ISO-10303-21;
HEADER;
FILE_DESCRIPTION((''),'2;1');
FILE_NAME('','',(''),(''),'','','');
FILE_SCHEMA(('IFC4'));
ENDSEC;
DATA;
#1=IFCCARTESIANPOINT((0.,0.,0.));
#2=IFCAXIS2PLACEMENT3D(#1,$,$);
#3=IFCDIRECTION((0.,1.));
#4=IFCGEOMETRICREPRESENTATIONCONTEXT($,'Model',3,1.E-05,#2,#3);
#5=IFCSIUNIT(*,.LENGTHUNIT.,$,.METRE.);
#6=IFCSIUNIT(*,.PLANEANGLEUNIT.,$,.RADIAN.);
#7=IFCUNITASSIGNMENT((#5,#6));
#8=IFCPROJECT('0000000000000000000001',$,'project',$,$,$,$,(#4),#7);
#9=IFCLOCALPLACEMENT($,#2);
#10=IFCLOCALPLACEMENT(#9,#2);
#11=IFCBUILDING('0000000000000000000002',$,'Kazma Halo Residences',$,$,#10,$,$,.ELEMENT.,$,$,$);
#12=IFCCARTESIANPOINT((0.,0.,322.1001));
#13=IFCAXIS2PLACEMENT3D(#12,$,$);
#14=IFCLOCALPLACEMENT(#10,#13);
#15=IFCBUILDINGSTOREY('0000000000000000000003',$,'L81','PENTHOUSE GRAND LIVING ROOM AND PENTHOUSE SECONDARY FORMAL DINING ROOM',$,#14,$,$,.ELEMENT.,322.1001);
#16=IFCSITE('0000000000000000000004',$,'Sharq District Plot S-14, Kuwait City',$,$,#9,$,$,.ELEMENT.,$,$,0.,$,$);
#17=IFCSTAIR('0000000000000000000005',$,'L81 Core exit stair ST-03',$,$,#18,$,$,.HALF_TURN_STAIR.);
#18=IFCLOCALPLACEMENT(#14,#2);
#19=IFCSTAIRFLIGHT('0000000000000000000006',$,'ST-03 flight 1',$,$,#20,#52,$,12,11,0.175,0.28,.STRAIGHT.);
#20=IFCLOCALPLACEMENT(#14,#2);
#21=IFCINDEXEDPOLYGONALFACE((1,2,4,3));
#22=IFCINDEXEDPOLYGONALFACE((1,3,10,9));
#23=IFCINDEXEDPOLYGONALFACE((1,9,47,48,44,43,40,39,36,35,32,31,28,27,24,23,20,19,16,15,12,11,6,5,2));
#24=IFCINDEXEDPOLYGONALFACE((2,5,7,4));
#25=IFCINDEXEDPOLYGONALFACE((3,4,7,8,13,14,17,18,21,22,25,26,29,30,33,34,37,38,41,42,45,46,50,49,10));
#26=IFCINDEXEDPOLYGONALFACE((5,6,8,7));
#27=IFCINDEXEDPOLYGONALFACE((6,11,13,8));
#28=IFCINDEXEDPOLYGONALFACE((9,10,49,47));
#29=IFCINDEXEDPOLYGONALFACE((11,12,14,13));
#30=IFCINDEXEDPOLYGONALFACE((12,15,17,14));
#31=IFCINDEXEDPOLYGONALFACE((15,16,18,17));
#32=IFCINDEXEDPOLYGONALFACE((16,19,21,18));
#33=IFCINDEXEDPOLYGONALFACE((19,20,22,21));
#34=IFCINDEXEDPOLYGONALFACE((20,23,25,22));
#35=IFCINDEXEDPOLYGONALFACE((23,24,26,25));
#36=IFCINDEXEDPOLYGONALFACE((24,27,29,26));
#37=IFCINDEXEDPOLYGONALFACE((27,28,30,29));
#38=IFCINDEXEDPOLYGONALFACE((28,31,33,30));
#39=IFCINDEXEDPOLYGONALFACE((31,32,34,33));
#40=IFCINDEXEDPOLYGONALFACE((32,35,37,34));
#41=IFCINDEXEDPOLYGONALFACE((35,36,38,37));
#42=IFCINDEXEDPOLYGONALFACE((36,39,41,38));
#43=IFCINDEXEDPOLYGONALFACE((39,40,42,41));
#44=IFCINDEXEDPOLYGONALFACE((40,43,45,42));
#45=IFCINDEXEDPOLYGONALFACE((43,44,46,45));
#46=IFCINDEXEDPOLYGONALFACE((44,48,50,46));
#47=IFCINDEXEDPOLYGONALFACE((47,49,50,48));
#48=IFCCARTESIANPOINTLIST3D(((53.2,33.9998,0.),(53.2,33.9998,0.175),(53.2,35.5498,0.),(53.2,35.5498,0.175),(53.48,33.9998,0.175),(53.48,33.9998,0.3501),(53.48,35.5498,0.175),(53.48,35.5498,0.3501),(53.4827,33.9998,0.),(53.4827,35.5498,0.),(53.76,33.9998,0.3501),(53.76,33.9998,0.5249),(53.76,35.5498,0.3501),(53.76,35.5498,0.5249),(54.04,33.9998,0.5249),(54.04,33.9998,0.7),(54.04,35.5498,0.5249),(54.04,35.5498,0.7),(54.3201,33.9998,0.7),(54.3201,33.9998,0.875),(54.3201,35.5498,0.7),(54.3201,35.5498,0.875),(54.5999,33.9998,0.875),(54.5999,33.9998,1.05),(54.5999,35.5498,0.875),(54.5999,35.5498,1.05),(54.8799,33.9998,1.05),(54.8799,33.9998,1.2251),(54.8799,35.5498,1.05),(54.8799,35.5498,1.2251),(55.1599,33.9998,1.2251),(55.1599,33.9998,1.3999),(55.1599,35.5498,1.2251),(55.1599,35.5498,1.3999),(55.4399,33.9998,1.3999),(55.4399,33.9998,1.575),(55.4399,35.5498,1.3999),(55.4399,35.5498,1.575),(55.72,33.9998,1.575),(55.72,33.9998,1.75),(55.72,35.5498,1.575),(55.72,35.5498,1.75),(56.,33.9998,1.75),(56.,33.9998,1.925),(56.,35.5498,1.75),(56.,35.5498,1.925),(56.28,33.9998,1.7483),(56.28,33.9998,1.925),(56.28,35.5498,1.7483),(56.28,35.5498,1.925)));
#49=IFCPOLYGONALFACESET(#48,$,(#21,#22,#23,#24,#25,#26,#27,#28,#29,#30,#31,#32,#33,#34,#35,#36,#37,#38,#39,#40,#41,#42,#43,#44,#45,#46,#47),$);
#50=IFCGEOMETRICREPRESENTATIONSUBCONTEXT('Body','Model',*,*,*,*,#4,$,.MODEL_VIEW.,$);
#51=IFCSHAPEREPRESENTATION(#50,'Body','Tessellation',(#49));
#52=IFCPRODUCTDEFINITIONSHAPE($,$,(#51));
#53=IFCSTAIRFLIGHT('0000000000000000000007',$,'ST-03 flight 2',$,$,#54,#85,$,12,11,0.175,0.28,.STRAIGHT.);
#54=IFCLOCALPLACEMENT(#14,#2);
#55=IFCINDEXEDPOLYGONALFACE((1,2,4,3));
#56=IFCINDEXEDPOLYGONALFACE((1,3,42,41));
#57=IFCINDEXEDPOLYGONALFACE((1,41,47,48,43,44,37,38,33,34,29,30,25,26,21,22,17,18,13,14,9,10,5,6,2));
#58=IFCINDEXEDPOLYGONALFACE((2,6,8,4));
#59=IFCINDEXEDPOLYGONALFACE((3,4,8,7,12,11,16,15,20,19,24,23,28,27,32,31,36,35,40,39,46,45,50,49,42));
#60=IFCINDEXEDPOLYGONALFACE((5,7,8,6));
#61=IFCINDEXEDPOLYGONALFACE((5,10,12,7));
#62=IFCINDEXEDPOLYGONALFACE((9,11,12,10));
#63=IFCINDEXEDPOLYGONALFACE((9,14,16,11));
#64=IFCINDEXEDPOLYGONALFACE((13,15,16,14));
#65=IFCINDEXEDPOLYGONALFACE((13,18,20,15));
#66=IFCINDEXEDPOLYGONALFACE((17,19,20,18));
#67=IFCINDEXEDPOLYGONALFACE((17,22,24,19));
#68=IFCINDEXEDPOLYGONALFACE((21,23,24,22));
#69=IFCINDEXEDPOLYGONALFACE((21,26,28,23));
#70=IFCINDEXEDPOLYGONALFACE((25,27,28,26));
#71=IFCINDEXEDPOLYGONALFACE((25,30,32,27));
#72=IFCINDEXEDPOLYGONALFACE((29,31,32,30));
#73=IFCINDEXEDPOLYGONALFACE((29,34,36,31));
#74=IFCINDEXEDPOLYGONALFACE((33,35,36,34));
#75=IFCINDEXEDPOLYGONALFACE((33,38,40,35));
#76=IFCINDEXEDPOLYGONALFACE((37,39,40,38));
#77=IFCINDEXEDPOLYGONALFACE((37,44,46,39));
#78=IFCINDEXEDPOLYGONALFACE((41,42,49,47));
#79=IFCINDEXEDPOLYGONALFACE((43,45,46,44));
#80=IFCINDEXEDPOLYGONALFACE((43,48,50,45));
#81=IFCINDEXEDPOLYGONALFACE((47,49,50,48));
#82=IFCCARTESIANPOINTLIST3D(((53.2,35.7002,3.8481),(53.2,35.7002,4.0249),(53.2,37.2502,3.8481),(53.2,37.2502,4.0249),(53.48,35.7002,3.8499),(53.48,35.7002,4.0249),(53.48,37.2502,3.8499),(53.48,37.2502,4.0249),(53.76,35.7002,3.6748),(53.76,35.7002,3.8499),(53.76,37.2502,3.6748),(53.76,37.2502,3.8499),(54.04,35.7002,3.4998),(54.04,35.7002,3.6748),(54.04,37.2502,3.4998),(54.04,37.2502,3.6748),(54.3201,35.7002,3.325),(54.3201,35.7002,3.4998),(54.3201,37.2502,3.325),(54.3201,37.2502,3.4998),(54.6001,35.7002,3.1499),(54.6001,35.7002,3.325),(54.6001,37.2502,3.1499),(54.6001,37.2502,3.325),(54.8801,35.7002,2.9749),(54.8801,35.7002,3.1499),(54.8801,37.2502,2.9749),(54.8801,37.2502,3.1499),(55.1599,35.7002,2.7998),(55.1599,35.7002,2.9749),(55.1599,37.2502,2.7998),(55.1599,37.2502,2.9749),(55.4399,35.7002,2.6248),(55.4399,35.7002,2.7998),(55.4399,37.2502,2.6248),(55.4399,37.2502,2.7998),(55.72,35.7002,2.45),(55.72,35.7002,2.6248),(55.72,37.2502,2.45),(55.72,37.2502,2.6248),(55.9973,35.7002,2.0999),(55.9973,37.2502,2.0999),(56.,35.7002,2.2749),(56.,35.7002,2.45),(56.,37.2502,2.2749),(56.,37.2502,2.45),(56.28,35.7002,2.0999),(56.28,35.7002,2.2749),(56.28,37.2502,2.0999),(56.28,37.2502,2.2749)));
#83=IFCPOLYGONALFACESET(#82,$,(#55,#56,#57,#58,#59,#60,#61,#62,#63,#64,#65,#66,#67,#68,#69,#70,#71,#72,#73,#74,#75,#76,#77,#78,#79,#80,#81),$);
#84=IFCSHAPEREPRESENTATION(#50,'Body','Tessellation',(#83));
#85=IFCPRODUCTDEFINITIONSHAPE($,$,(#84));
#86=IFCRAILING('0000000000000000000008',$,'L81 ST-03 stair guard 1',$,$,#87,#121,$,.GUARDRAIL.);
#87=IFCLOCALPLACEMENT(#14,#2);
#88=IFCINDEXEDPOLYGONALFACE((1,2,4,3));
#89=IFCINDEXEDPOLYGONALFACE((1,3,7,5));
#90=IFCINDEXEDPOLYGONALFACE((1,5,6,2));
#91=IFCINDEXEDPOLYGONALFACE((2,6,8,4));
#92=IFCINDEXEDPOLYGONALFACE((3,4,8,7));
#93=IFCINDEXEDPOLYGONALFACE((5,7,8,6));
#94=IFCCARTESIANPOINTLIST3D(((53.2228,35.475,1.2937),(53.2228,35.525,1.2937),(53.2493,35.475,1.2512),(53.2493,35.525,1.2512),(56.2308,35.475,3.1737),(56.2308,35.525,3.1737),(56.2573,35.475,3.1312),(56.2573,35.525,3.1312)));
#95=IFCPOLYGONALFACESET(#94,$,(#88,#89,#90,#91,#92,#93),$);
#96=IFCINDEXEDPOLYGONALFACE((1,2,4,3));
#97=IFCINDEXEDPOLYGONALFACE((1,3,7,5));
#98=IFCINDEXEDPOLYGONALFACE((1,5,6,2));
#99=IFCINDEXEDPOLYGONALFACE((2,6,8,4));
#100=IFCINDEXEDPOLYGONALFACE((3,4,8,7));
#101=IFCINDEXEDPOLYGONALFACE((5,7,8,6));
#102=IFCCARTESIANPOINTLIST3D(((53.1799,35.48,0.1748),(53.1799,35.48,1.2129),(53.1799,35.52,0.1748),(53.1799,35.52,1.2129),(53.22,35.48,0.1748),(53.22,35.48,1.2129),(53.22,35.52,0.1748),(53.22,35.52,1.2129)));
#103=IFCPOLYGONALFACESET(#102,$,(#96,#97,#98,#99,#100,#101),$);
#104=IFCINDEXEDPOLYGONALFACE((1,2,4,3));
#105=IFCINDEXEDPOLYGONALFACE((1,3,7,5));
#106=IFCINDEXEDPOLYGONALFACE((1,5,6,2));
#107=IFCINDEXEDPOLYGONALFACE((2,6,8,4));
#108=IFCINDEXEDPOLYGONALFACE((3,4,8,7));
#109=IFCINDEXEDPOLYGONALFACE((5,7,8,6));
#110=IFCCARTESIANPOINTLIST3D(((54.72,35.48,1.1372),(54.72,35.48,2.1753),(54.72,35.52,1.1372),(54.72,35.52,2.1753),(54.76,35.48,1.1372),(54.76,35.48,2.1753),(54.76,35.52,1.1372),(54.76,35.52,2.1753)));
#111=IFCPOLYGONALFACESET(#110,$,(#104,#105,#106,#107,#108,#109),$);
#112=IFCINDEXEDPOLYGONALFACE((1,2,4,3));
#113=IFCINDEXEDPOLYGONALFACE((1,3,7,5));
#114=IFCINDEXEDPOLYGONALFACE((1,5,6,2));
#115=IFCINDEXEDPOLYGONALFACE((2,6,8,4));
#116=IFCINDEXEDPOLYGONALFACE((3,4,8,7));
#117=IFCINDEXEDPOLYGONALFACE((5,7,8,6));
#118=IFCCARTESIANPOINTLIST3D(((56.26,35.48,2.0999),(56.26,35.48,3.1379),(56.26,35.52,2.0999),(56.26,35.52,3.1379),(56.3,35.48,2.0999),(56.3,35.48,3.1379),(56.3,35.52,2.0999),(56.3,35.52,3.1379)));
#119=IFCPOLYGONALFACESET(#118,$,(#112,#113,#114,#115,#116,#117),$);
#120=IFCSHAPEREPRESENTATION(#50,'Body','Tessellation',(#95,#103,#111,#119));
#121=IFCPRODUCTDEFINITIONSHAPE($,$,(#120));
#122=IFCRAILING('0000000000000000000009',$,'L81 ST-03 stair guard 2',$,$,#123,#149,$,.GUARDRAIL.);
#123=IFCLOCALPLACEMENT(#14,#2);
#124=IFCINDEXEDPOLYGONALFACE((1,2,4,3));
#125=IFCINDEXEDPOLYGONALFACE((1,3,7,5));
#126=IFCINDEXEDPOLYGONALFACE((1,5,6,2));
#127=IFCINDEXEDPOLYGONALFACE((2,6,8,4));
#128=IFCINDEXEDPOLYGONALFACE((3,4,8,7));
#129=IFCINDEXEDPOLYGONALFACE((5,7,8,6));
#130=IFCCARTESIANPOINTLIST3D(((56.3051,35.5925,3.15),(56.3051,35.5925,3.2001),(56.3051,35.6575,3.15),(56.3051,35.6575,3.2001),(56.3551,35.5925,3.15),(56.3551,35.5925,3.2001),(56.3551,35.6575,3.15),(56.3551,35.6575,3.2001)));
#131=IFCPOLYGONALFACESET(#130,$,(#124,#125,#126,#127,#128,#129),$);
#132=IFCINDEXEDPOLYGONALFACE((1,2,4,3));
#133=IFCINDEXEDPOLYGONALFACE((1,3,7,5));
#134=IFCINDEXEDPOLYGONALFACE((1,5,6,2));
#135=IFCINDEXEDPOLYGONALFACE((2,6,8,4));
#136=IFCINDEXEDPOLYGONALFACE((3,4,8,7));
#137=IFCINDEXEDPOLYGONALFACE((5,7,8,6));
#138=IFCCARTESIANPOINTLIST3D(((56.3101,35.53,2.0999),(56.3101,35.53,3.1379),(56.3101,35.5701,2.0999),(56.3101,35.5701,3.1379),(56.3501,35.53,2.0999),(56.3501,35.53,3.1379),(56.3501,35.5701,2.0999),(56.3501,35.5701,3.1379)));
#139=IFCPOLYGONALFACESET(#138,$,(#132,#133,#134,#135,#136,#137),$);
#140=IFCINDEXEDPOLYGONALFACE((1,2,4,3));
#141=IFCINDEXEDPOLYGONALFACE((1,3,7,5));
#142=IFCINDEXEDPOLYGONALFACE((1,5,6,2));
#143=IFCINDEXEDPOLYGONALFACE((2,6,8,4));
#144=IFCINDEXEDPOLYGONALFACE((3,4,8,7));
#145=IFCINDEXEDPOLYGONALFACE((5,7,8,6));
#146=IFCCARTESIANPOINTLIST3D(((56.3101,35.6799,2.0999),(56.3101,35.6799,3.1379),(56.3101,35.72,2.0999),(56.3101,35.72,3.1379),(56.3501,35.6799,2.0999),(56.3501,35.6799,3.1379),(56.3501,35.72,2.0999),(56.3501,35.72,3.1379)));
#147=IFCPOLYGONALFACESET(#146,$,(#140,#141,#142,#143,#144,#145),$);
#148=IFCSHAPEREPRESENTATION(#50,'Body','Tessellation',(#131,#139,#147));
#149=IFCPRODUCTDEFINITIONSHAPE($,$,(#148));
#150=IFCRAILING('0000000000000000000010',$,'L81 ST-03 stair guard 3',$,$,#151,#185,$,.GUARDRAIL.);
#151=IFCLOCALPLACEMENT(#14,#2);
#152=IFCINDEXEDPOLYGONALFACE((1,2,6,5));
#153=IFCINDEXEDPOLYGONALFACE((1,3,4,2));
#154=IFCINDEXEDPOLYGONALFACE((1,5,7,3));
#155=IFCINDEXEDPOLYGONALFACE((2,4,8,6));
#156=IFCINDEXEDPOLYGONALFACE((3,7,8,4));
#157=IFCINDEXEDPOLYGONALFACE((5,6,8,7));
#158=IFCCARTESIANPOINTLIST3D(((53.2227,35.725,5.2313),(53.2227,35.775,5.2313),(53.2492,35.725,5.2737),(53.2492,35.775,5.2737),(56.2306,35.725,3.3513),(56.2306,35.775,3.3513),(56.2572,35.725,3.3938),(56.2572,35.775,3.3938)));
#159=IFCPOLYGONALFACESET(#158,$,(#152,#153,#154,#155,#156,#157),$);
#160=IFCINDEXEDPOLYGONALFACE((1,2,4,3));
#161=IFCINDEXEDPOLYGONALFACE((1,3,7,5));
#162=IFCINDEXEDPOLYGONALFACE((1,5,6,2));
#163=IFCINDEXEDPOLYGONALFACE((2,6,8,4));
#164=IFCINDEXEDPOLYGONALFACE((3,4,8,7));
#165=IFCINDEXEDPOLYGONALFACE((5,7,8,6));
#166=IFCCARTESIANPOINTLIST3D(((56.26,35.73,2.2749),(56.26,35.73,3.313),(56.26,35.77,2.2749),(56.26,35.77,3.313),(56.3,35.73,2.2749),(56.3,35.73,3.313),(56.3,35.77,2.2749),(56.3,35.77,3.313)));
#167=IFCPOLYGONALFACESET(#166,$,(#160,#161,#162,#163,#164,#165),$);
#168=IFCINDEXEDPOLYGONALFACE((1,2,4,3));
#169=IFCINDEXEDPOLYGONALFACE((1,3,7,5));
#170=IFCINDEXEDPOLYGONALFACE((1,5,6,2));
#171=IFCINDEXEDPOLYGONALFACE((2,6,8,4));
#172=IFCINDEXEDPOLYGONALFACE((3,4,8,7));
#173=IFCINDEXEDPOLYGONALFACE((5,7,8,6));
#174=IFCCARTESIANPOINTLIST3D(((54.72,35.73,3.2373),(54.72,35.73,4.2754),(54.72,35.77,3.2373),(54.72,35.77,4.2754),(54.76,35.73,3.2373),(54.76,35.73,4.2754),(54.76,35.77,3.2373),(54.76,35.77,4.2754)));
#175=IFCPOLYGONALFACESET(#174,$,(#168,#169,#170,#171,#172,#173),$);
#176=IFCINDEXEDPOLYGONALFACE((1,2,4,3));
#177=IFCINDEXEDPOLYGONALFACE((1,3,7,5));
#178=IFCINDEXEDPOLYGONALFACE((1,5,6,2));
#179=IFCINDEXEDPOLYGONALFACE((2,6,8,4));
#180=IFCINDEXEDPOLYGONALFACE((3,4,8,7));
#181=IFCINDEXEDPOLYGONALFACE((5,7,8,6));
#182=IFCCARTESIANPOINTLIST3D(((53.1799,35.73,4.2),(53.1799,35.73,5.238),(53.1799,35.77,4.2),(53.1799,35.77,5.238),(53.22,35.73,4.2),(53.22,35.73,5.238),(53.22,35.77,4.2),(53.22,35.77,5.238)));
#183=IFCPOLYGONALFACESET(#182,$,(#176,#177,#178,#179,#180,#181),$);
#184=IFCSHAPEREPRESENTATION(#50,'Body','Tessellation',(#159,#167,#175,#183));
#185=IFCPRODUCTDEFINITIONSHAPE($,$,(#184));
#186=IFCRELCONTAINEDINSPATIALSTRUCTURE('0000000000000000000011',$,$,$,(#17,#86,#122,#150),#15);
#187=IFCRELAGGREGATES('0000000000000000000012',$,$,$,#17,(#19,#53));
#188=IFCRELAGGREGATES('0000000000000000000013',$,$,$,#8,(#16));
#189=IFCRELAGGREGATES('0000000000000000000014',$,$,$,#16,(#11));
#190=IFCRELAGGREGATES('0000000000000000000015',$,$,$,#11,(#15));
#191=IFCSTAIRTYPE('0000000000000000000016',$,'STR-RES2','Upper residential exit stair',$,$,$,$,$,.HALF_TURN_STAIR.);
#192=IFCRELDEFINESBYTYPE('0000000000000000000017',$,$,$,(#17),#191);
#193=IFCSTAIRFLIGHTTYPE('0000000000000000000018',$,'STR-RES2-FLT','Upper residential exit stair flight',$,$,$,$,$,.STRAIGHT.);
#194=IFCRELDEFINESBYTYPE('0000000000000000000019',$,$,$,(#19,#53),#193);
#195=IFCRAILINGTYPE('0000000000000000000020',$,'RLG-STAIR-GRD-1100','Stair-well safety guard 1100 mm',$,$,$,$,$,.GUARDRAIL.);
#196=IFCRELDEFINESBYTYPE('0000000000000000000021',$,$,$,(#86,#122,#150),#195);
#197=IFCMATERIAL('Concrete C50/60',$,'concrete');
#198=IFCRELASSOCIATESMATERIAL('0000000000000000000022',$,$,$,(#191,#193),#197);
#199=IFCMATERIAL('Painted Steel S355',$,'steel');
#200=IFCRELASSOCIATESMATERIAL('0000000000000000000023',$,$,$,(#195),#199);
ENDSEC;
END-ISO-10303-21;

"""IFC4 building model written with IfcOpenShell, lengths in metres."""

from ifc_helpers import new_model, si_unit, direction, frame, origin, origin_2d, place, context, subcontext, project, spatial, polyline, rectangle, outline, extrude, material, type_object, element, aggregate, save


model = new_model("IFC4")

# Units and contexts
model_context = context("Model", 3, precision=1e-05, world=origin(), true_north=direction((0.0, 1.0)))
body_context = subcontext(model_context, "Body", "Model", "MODEL_VIEW")
ifc_project = project(units=[si_unit("LENGTHUNIT", "METRE"), si_unit("PLANEANGLEUNIT", "RADIAN")], contexts=[model_context])

# Site, building, storey
site_placement = place(None, origin())
site = spatial("IfcSite", under=ifc_project, at=site_placement, Name="Sharq District Plot S-14, Kuwait City", CompositionType="ELEMENT", RefElevation=0.0)
building_placement = place(site_placement, origin())
building = spatial("IfcBuilding", under=site, at=building_placement, Name="Kazma Halo Residences", CompositionType="ELEMENT")
storey_placement = place(building_placement, frame((0.0, 0.0, 322.1001)))
storey = spatial("IfcBuildingStorey", under=building, at=storey_placement, Name="L81", Description="PENTHOUSE GRAND LIVING ROOM AND PENTHOUSE SECONDARY FORMAL DINING ROOM", CompositionType="ELEMENT", Elevation=322.1001)

# Shared definitions
ifc_material_1 = material(Name="Concrete C50/60", Category="concrete")

# Stair, stair flights
stair_type = type_object("IfcStairType", Name="STR-RES2", Description="Upper residential exit stair", PredefinedType="HALF_TURN_STAIR", material=ifc_material_1)
stair_placement = place(storey_placement, origin())
stair = element("IfcStair", 1, at=stair_placement, inside=storey, type_object=stair_type, Name="L81 Core exit stair ST-03", PredefinedType="HALF_TURN_STAIR")
stair_flight_type = type_object("IfcStairFlightType", Name="STR-RES2-FLT", Description="Upper residential exit stair flight", PredefinedType="STRAIGHT", material=ifc_material_1)
stair_flight_1_placement = place(storey_placement, frame((53.2, 34.7749, 0.0), z_axis=(0.0, 0.0, 1.0), x_axis=(1.0, 0.0, 0.0)))
stair_flight_1 = element("IfcStairFlight", 2, at=stair_flight_1_placement, type_object=stair_flight_type, Name="ST-03 flight 1", NumberOfRisers=12, NumberOfTreads=11, PredefinedType="STRAIGHT", RiserHeight=0.175, TreadLength=0.28, context=body_context, shape_type="SweptSolid", body=[
    extrude(outline(polyline([(0.0, 0.0), (0.0, 0.175), (0.28, 0.175), (0.28, 0.3501), (0.5601, 0.3501), (0.5601, 0.5249), (0.8401, 0.5249), (0.8401, 0.7), (1.1201, 0.7), (1.1201, 0.875), (1.3999, 0.875), (1.3999, 1.05), (1.6799, 1.05), (1.6799, 1.2251), (1.96, 1.2251), (1.96, 1.3999), (2.24, 1.3999), (2.24, 1.575), (2.52, 1.575), (2.52, 1.75), (2.8, 1.75), (2.8, 1.925), (3.0801, 1.925), (3.0801, 2.1001), (3.0801, 1.7483), (0.2827, 0.0), (0.0, 0.0)])), frame((0.0, 0.7749, 0.0), z_axis=(0.0, -1.0, 0.0), x_axis=(1.0, 0.0, 0.0)), (0.0, 0.0, 1.0), 1.55),
])
stair_flight_2_placement = place(storey_placement, frame((56.28, 36.4751, 2.0999), z_axis=(0.0, 0.0, 1.0), x_axis=(-1.0, 0.0, 0.0)))
stair_flight_2 = element("IfcStairFlight", 3, at=stair_flight_2_placement, type_object=stair_flight_type, Name="ST-03 flight 2", NumberOfRisers=12, NumberOfTreads=11, PredefinedType="STRAIGHT", RiserHeight=0.175, TreadLength=0.28, context=body_context, shape_type="SweptSolid", body=[
    extrude(outline(polyline([(0.0, 0.0), (0.0, 0.175), (0.28, 0.175), (0.28, 0.3501), (0.5601, 0.3501), (0.5601, 0.5249), (0.8401, 0.5249), (0.8401, 0.7), (1.1201, 0.7), (1.1201, 0.875), (1.3999, 0.875), (1.3999, 1.05), (1.6799, 1.05), (1.6799, 1.2251), (1.96, 1.2251), (1.96, 1.3999), (2.24, 1.3999), (2.24, 1.575), (2.52, 1.575), (2.52, 1.75), (2.8, 1.75), (2.8, 1.925), (3.0801, 1.925), (3.0801, 2.1001), (3.0801, 1.7483), (0.2827, 0.0), (0.0, 0.0)])), frame((0.0, 0.7749, 0.0), z_axis=(0.0, -1.0, 0.0), x_axis=(1.0, 0.0, 0.0)), (0.0, 0.0, 1.0), 1.55),
])
aggregate(stair, [stair_flight_1, stair_flight_2])

# Railings
ifc_material_2 = material(Name="Painted Steel S355", Category="steel")
railing_type_1 = type_object("IfcRailingType", Name="RLG-STAIR-GRD-1100", Description="Stair-well safety guard 1100 mm", PredefinedType="GUARDRAIL", material=ifc_material_2)
railing_1_placement = place(storey_placement, frame((53.2, 35.5, 0.1748)))
element("IfcRailing", 4, at=railing_1_placement, inside=storey, type_object=railing_type_1, Name="L81 ST-03 stair guard 1", PredefinedType="GUARDRAIL", context=body_context, shape_type="SweptSolid", body=[
    extrude(rectangle(XDim=0.05, YDim=0.05, at=origin_2d()), frame((0.0361, 0.0, 1.0977), z_axis=(0.847998, 0.0, 0.529999), x_axis=(0.0, 1.0, 0.0)), (0.0, 0.0, 1.0), 3.5471),
    extrude(rectangle(XDim=0.04, YDim=0.04, at=origin_2d()), origin(), (0.0, 0.0, 1.0), 1.0381),
    extrude(rectangle(XDim=0.04, YDim=0.04, at=origin_2d()), frame((1.54, 0.0, 0.9624)), (0.0, 0.0, 1.0), 1.0381),
    extrude(rectangle(XDim=0.04, YDim=0.04, at=origin_2d()), frame((3.0801, 0.0, 1.925)), (0.0, 0.0, 1.0), 1.0381),
])
railing_2_placement = place(storey_placement, frame((56.3301, 35.55, 2.0999)))
element("IfcRailing", 5, at=railing_2_placement, inside=storey, type_object=railing_type_1, Name="L81 ST-03 stair guard 2", PredefinedType="GUARDRAIL", context=body_context, shape_type="SweptSolid", body=[
    extrude(rectangle(XDim=0.05, YDim=0.05, at=origin_2d()), frame((0.0, 0.0425, 1.0752), z_axis=(0.0, 1.0, 0.0), x_axis=(-1.0, 0.0, 0.0)), (0.0, 0.0, 1.0), 0.0649),
    extrude(rectangle(XDim=0.04, YDim=0.04, at=origin_2d()), origin(), (0.0, 0.0, 1.0), 1.0381),
    extrude(rectangle(XDim=0.04, YDim=0.04, at=origin_2d()), frame((0.0, 0.1499, 0.0)), (0.0, 0.0, 1.0), 1.0381),
])
railing_3_placement = place(storey_placement, frame((56.28, 35.75, 2.2749)))
element("IfcRailing", 6, at=railing_3_placement, inside=storey, type_object=railing_type_1, Name="L81 ST-03 stair guard 3", PredefinedType="GUARDRAIL", context=body_context, shape_type="SweptSolid", body=[
    extrude(rectangle(XDim=0.05, YDim=0.05, at=origin_2d()), frame((-0.0361, 0.0, 1.0977), z_axis=(-0.847998, 0.0, 0.529999), x_axis=(0.0, -1.0, 0.0)), (0.0, 0.0, 1.0), 3.5471),
    extrude(rectangle(XDim=0.04, YDim=0.04, at=origin_2d()), origin(), (0.0, 0.0, 1.0), 1.0381),
    extrude(rectangle(XDim=0.04, YDim=0.04, at=origin_2d()), frame((-1.54, 0.0, 0.9624)), (0.0, 0.0, 1.0), 1.0381),
    extrude(rectangle(XDim=0.04, YDim=0.04, at=origin_2d()), frame((-3.0801, 0.0, 1.925)), (0.0, 0.0, 1.0), 1.0381),
])

save(model, "model.ifc")
